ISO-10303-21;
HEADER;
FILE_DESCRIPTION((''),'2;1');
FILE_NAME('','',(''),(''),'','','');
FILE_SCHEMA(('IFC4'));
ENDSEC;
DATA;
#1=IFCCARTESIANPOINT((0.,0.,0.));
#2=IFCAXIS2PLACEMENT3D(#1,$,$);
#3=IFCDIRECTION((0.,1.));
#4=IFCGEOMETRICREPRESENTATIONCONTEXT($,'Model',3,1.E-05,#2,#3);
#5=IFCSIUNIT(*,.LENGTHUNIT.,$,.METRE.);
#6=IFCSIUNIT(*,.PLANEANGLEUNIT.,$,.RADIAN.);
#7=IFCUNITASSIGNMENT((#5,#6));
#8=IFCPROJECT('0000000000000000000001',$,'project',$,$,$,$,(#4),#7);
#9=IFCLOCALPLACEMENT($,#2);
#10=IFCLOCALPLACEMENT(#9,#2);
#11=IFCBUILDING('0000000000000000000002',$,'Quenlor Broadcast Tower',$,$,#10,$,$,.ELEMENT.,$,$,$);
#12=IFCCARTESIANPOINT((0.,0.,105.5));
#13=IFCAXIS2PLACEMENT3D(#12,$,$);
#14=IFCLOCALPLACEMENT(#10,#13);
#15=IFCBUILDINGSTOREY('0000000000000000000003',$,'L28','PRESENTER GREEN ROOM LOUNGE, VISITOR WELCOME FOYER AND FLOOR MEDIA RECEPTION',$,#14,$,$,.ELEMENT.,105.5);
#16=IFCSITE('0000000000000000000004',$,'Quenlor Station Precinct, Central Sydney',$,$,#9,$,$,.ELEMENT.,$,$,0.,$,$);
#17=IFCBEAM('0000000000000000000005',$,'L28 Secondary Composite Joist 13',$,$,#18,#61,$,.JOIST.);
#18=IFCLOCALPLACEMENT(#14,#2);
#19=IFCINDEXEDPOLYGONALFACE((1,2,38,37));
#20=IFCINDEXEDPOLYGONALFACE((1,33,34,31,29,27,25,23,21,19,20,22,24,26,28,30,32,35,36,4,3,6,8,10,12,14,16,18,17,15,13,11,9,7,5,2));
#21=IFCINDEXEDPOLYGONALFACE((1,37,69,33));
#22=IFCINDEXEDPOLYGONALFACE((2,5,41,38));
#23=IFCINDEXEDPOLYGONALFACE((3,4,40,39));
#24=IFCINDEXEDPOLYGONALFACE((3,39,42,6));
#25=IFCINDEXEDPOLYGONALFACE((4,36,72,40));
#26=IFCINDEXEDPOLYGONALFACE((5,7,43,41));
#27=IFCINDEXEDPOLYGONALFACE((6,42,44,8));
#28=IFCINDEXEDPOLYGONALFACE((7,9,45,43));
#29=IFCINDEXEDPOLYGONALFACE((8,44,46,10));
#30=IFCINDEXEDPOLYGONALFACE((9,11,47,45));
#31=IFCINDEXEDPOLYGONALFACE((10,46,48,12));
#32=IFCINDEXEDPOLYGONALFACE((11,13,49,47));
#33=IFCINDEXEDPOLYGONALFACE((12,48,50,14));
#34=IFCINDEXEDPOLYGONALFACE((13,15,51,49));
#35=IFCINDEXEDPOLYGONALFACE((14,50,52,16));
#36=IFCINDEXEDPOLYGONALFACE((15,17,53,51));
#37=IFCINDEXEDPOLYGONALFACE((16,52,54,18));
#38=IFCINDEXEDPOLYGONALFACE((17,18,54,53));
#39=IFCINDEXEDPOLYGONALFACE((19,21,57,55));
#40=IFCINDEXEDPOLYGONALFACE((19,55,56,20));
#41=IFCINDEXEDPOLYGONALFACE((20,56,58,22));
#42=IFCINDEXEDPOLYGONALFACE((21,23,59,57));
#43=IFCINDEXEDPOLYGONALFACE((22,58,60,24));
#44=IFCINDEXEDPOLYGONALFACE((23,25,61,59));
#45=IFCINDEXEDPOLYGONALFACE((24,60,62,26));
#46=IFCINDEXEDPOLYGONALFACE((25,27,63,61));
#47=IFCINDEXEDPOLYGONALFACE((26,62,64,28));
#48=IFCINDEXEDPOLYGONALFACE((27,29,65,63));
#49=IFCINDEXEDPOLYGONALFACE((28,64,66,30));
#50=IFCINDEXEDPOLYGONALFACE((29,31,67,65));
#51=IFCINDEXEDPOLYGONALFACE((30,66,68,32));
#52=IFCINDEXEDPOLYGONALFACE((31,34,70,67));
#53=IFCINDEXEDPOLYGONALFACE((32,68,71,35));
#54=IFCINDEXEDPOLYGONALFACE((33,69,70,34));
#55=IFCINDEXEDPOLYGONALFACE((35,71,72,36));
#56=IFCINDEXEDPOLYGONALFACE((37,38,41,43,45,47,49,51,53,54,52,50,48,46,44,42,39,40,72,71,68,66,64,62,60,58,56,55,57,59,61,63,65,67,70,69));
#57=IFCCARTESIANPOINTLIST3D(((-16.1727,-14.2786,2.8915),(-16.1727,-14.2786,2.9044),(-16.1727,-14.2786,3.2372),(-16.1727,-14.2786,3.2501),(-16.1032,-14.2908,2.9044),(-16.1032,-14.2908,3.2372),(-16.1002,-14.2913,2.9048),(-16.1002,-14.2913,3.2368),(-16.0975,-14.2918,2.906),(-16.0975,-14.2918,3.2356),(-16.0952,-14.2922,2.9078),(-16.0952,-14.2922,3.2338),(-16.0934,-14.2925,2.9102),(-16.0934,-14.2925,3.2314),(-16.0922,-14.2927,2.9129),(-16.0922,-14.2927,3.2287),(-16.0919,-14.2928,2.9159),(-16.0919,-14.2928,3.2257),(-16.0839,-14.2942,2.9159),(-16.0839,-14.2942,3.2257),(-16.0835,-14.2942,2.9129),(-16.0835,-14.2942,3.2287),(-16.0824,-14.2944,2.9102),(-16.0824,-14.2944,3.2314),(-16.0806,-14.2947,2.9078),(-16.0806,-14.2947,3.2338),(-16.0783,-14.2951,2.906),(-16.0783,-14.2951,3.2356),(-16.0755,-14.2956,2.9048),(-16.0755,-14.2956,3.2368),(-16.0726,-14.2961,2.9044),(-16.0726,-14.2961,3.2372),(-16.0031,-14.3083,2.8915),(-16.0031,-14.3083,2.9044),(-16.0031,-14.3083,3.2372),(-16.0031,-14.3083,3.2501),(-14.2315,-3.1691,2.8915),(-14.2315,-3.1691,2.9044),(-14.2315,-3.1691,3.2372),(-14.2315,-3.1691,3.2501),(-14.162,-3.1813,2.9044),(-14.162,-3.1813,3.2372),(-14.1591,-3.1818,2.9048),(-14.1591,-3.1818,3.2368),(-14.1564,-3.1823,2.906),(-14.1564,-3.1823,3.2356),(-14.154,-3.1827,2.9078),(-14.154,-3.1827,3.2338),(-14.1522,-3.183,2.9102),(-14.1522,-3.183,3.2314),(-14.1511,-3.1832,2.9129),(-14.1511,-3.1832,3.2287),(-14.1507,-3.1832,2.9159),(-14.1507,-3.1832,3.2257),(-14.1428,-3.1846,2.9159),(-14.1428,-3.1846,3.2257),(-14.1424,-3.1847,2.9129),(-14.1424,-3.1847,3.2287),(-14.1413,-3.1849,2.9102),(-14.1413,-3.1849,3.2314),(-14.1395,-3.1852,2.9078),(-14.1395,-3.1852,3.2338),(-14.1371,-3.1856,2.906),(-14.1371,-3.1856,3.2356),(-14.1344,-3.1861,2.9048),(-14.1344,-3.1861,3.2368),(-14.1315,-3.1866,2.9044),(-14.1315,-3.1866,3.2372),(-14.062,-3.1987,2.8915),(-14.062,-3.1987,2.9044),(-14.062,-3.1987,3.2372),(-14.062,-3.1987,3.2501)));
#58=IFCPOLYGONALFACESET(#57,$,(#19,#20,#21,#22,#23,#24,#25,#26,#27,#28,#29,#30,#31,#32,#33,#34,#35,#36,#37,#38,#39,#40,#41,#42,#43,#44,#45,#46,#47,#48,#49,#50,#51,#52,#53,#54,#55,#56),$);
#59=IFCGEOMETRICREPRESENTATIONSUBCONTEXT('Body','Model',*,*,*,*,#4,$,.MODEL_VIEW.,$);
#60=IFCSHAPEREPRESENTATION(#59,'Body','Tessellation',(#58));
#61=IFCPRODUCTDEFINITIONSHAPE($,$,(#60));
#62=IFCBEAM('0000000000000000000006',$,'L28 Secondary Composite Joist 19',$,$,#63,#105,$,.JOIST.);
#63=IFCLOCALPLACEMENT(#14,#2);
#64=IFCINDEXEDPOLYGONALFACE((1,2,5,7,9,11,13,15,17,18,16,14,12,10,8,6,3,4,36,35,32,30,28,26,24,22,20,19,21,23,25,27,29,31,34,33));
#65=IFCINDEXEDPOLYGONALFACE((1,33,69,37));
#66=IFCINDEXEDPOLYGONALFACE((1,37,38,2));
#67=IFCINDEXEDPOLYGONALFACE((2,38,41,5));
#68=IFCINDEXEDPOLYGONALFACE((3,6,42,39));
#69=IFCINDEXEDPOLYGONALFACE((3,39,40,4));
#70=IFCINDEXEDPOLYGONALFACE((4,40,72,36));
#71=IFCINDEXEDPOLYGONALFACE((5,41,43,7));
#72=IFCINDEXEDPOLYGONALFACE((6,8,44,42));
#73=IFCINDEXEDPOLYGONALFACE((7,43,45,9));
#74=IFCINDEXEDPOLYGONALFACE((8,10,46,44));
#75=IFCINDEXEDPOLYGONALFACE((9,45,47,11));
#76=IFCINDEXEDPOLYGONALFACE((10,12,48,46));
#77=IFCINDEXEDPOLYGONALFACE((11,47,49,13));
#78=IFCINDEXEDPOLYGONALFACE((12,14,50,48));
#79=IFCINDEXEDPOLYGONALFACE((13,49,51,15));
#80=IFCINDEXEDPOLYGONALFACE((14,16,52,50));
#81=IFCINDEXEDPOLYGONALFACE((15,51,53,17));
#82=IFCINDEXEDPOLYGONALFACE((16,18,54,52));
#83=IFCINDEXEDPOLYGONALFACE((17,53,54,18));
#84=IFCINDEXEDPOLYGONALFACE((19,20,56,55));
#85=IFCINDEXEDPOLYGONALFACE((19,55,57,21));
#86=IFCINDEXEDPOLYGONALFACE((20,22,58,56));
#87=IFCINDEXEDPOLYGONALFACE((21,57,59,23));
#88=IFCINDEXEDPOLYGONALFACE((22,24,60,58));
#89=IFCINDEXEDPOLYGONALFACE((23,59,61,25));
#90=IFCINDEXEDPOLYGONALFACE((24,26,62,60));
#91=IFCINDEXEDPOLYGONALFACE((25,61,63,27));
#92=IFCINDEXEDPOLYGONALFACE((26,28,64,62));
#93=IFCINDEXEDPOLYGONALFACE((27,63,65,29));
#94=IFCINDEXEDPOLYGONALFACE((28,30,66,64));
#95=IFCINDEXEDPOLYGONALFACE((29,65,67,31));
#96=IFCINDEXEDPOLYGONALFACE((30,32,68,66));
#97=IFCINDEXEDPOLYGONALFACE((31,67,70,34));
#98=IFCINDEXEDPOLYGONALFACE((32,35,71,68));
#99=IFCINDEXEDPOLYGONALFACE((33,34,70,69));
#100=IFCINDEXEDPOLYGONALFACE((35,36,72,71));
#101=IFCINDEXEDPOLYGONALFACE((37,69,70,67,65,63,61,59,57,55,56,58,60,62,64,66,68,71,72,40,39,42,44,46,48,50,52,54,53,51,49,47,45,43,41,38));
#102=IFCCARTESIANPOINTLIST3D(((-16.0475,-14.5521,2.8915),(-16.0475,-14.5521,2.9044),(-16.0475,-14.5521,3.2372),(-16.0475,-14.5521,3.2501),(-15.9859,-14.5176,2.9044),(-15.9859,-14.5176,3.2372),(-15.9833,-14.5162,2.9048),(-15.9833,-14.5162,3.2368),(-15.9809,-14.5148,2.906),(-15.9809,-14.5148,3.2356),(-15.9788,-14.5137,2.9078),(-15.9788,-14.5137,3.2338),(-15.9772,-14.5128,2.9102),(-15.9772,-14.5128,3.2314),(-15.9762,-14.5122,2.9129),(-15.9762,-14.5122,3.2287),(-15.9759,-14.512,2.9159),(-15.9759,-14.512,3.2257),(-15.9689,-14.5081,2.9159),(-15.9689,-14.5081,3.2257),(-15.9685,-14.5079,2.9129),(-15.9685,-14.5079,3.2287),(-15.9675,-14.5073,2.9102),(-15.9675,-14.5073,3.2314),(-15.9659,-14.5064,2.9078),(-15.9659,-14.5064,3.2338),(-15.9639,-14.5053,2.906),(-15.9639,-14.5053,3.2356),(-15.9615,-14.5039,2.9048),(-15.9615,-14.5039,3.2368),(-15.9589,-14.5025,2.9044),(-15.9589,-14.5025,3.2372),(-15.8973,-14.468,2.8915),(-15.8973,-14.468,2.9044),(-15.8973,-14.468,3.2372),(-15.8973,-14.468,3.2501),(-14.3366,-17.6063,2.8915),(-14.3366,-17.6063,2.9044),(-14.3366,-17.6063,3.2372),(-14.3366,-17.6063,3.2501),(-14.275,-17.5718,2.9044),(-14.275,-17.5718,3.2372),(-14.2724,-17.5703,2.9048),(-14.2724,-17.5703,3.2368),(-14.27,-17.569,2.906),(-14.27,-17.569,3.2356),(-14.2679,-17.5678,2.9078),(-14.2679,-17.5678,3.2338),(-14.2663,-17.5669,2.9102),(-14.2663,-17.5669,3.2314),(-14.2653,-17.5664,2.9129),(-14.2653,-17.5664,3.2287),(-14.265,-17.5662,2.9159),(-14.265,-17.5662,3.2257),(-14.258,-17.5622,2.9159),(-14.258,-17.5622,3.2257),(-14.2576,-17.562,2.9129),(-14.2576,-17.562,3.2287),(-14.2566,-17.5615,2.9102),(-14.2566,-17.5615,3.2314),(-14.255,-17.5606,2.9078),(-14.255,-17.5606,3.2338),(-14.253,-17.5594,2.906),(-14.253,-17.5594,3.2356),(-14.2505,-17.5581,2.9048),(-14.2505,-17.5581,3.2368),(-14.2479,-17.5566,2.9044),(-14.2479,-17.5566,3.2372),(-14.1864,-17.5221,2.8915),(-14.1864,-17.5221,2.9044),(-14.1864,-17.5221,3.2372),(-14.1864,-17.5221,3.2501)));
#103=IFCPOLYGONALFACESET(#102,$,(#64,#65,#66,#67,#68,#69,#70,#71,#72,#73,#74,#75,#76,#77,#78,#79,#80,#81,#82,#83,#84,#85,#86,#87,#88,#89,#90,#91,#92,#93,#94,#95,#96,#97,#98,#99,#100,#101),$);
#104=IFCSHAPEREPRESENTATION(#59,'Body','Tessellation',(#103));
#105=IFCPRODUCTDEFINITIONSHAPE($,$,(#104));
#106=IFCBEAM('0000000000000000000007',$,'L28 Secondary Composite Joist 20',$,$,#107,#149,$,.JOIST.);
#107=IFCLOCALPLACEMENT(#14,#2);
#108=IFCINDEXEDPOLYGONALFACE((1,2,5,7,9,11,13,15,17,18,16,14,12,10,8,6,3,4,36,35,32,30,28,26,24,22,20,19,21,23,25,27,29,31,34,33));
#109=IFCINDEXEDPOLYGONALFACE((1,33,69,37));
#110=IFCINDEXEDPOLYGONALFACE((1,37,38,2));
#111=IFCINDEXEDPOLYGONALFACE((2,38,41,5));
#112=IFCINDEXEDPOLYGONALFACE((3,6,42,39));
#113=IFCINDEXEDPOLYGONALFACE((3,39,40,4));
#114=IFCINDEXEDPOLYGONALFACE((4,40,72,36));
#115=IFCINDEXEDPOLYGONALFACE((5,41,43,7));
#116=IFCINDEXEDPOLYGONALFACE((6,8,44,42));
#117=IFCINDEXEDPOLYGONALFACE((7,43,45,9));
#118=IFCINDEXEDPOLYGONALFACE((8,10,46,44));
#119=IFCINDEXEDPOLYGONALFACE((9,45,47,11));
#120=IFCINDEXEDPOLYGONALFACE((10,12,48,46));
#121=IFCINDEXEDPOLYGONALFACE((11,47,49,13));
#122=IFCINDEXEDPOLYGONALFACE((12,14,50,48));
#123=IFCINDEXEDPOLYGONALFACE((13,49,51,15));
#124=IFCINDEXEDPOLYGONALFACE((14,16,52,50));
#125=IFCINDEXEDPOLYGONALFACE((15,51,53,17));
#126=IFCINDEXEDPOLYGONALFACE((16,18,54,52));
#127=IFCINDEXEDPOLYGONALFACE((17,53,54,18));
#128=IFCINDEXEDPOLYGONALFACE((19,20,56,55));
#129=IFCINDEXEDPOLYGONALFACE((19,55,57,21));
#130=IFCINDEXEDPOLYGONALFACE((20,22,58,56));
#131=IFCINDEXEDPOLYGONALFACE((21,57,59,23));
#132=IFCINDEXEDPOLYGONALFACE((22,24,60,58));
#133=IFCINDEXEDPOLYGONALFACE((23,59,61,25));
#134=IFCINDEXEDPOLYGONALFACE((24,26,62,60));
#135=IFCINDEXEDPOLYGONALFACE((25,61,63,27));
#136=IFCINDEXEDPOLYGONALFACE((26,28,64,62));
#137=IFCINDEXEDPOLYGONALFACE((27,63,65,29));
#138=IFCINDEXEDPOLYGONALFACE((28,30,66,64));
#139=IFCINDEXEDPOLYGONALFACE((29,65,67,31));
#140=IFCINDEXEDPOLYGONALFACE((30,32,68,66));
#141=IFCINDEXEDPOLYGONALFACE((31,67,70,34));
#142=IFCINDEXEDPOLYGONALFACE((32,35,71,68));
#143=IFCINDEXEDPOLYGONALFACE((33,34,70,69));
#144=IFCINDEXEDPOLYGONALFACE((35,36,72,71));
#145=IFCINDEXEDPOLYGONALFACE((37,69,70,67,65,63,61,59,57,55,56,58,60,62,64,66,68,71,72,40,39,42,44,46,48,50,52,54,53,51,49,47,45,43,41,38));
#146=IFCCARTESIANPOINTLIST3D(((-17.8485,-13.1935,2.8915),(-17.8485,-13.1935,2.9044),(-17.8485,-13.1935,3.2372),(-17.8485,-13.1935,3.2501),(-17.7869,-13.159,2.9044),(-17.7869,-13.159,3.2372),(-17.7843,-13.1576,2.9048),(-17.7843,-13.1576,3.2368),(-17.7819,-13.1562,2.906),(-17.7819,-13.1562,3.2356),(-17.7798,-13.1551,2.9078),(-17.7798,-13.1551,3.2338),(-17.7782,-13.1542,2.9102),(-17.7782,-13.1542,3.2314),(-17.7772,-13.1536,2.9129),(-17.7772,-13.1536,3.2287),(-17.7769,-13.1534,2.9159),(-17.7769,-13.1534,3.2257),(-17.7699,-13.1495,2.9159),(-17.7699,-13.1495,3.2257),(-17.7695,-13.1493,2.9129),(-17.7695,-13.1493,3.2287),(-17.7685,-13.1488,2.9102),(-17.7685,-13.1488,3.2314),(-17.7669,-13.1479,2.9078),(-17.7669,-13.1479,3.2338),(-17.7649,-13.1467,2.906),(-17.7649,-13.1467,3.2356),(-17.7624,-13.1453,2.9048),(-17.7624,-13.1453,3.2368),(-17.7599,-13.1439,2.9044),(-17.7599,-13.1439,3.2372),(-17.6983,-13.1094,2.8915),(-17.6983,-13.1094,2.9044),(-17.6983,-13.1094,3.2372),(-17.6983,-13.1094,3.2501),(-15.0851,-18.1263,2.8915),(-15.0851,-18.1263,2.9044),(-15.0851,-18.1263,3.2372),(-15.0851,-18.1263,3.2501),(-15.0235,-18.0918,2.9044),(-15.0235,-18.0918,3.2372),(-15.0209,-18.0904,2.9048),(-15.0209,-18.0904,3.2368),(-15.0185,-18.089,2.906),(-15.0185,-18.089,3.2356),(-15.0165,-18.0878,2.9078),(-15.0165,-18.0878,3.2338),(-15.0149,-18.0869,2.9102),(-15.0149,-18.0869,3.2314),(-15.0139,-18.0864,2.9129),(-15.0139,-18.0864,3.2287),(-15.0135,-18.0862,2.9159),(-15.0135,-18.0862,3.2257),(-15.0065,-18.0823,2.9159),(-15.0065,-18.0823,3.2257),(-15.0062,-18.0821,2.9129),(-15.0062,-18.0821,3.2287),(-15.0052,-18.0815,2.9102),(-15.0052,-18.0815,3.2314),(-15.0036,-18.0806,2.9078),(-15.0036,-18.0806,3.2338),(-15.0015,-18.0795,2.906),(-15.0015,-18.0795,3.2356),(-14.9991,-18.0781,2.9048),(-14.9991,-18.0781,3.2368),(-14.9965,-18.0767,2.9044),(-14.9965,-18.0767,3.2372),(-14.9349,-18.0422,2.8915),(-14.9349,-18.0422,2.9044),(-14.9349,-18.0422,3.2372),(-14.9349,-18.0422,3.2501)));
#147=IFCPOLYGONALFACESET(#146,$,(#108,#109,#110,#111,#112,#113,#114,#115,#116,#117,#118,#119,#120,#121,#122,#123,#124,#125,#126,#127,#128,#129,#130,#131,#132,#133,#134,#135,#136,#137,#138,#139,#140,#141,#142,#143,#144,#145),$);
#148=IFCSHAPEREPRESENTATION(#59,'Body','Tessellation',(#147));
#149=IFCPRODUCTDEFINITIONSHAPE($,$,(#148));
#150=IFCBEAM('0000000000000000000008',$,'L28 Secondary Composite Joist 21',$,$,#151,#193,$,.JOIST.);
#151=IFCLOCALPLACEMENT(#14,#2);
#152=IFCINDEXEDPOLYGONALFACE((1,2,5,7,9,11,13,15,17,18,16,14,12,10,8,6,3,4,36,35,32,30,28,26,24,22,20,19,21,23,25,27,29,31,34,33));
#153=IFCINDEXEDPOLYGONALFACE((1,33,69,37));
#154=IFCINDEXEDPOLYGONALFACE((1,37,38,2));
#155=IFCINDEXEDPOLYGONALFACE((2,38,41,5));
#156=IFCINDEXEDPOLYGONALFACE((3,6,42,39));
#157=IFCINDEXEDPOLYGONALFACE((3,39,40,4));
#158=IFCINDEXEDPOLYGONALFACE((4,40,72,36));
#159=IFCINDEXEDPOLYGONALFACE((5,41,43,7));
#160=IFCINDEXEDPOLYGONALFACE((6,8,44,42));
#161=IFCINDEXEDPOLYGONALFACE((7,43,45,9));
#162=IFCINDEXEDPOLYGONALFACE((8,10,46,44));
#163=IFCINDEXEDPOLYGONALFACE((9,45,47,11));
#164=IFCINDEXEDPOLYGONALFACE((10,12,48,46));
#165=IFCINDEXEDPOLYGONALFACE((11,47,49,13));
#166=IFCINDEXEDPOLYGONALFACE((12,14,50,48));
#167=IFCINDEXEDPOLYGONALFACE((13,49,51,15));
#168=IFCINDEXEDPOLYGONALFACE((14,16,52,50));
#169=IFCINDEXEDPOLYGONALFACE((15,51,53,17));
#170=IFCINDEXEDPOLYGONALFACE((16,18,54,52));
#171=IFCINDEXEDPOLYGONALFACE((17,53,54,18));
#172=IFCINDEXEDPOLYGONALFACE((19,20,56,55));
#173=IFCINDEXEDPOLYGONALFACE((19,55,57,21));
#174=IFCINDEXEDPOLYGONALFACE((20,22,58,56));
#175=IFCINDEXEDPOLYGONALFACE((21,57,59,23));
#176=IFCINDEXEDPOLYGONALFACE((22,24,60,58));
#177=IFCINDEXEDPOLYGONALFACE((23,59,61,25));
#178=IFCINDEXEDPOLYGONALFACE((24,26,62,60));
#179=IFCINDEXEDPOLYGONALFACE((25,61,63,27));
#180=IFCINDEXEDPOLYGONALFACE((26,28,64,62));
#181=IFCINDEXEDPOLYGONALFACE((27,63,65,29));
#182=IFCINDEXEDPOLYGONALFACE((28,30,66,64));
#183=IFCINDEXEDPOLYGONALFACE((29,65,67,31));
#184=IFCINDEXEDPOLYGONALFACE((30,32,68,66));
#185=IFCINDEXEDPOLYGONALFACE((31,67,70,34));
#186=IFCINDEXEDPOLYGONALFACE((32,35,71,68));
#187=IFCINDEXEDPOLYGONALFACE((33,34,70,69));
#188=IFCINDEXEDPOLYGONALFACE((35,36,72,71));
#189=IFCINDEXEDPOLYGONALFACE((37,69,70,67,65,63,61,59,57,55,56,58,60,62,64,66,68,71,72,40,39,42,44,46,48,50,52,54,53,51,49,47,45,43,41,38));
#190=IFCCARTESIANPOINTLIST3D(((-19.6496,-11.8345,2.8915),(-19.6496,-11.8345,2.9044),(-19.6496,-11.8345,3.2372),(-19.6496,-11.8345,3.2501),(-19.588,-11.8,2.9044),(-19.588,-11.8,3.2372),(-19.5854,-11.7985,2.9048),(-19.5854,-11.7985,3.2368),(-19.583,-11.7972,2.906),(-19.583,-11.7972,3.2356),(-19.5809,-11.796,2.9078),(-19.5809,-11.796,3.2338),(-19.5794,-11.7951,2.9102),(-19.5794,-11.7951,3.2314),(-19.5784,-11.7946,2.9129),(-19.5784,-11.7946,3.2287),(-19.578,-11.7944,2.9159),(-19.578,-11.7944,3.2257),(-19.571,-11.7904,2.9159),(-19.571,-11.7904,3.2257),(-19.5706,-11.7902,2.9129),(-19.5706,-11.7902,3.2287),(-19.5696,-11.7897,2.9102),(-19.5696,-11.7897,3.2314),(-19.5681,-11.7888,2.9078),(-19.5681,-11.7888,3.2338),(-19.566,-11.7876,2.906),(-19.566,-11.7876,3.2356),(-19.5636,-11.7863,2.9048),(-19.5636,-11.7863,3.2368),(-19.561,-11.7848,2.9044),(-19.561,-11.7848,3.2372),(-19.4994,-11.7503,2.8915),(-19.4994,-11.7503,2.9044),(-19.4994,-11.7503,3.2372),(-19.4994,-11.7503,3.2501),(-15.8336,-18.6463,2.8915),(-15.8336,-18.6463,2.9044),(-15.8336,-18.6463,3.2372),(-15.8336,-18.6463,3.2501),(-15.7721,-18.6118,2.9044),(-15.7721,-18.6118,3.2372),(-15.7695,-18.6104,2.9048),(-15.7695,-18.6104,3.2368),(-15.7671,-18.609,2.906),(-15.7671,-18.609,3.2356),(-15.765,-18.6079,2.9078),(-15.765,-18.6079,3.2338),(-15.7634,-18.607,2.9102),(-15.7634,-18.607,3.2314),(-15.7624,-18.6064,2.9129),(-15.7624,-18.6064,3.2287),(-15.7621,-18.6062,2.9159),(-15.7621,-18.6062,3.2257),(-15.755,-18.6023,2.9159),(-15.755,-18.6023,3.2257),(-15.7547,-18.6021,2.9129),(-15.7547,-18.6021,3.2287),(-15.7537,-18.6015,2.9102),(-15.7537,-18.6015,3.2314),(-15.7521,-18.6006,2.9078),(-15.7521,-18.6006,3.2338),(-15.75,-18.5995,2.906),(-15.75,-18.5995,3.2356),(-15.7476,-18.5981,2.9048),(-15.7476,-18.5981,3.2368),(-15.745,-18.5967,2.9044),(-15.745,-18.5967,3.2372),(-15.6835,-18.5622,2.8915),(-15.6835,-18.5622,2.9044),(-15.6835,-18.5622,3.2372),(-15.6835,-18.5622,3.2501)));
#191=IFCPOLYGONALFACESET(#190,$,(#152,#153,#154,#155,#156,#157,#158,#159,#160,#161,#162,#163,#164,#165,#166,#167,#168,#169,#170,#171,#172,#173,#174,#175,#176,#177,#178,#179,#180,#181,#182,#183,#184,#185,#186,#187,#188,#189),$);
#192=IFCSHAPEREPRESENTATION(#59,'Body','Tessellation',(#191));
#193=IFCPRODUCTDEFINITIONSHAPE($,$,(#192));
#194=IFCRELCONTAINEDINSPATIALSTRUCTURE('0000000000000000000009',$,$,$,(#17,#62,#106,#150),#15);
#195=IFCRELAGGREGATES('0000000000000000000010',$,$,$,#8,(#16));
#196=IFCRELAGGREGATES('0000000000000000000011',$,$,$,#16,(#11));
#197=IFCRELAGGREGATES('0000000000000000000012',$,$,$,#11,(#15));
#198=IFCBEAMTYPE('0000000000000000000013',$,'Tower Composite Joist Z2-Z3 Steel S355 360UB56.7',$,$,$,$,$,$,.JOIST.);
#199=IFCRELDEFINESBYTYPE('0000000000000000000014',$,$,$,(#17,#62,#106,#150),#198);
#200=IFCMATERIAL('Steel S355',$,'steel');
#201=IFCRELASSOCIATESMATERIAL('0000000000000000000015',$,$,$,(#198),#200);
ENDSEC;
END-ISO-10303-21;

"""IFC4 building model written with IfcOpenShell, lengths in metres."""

from ifc_helpers import new_model, si_unit, direction, frame, origin, origin_2d, place, context, subcontext, project, spatial, i_section, extrude, material, material_profile, profile_set, type_object, element, save


model = new_model("IFC4")

# Units and contexts
model_context = context("Model", 3, precision=1e-05, world=origin(), true_north=direction((0.0, 1.0)))
body_context = subcontext(model_context, "Body", "Model", "MODEL_VIEW")
ifc_project = project(units=[si_unit("LENGTHUNIT", "METRE"), si_unit("PLANEANGLEUNIT", "RADIAN")], contexts=[model_context])

# Site, building, storey
site_placement = place(None, origin())
site = spatial("IfcSite", under=ifc_project, at=site_placement, Name="Quenlor Station Precinct, Central Sydney", CompositionType="ELEMENT", RefElevation=0.0)
building_placement = place(site_placement, origin())
building = spatial("IfcBuilding", under=site, at=building_placement, Name="Quenlor Broadcast Tower", CompositionType="ELEMENT")
storey_placement = place(building_placement, frame((0.0, 0.0, 105.5)))
storey = spatial("IfcBuildingStorey", under=building, at=storey_placement, Name="L28", Description="PRESENTER GREEN ROOM LOUNGE, VISITOR WELCOME FOYER AND FLOOR MEDIA RECEPTION", CompositionType="ELEMENT", Elevation=105.5)

# Beams
ifc_material_1 = material(Name="Steel S355", Category="steel")
ifc_material_profile_1 = material_profile(ifc_material_1, i_section(OverallWidth=0.1721, OverallDepth=0.3586, WebThickness=0.0081, FlangeThickness=0.0129, FilletRadius=0.0115, at=origin_2d()))
ifc_profile_set_1 = profile_set([ifc_material_profile_1], Name="Steel S355 360UB56.7")
beam_type_1 = type_object("IfcBeamType", Name="Tower Composite Joist Z2-Z3 Steel S355 360UB56.7", PredefinedType="JOIST", material=ifc_profile_set_1)
beam_1_placement = place(storey_placement, frame((-16.0879, -14.2935, 3.0708), z_axis=(0.17212, 0.985076, 0.0), x_axis=(-0.985076, 0.17212, 0.0)))
element("IfcBeam", 1, at=beam_1_placement, inside=storey, type_object=beam_type_1, Name="L28 Secondary Composite Joist 13", PredefinedType="JOIST", context=body_context, shape_type="SweptSolid", body=[
    extrude(i_section(OverallWidth=0.1721, OverallDepth=0.3586, WebThickness=0.0081, FlangeThickness=0.0129, FilletRadius=0.0115, at=origin_2d()), origin(), (0.0, 0.0, 1.0), 11.2778),
])
beam_2_placement = place(storey_placement, frame((-14.2615, -17.5642, 3.0708), z_axis=(-0.488731, 0.872435, 0.0), x_axis=(-0.872435, -0.488731, 0.0)))
element("IfcBeam", 2, at=beam_2_placement, inside=storey, type_object=beam_type_1, Name="L28 Secondary Composite Joist 19", PredefinedType="JOIST", context=body_context, shape_type="SweptSolid", body=[
    extrude(i_section(OverallWidth=0.1721, OverallDepth=0.3586, WebThickness=0.0081, FlangeThickness=0.0129, FilletRadius=0.0115, at=origin_2d()), origin(), (0.0, 0.0, 1.0), 3.5007),
])
beam_3_placement = place(storey_placement, frame((-15.01, -18.0842, 3.0708), z_axis=(-0.488741, 0.872429, 0.0), x_axis=(-0.872429, -0.488741, 0.0)))
element("IfcBeam", 3, at=beam_3_placement, inside=storey, type_object=beam_type_1, Name="L28 Secondary Composite Joist 20", PredefinedType="JOIST", context=body_context, shape_type="SweptSolid", body=[
    extrude(i_section(OverallWidth=0.1721, OverallDepth=0.3586, WebThickness=0.0081, FlangeThickness=0.0129, FilletRadius=0.0115, at=origin_2d()), origin(), (0.0, 0.0, 1.0), 5.6541),
])
beam_4_placement = place(storey_placement, frame((-15.7585, -18.6042, 3.0708), z_axis=(-0.488733, 0.872433, 0.0), x_axis=(-0.872433, -0.488733, 0.0)))
element("IfcBeam", 4, at=beam_4_placement, inside=storey, type_object=beam_type_1, Name="L28 Secondary Composite Joist 21", PredefinedType="JOIST", context=body_context, shape_type="SweptSolid", body=[
    extrude(i_section(OverallWidth=0.1721, OverallDepth=0.3586, WebThickness=0.0081, FlangeThickness=0.0129, FilletRadius=0.0115, at=origin_2d()), origin(), (0.0, 0.0, 1.0), 7.8079),
])

save(model, "model.ifc")
